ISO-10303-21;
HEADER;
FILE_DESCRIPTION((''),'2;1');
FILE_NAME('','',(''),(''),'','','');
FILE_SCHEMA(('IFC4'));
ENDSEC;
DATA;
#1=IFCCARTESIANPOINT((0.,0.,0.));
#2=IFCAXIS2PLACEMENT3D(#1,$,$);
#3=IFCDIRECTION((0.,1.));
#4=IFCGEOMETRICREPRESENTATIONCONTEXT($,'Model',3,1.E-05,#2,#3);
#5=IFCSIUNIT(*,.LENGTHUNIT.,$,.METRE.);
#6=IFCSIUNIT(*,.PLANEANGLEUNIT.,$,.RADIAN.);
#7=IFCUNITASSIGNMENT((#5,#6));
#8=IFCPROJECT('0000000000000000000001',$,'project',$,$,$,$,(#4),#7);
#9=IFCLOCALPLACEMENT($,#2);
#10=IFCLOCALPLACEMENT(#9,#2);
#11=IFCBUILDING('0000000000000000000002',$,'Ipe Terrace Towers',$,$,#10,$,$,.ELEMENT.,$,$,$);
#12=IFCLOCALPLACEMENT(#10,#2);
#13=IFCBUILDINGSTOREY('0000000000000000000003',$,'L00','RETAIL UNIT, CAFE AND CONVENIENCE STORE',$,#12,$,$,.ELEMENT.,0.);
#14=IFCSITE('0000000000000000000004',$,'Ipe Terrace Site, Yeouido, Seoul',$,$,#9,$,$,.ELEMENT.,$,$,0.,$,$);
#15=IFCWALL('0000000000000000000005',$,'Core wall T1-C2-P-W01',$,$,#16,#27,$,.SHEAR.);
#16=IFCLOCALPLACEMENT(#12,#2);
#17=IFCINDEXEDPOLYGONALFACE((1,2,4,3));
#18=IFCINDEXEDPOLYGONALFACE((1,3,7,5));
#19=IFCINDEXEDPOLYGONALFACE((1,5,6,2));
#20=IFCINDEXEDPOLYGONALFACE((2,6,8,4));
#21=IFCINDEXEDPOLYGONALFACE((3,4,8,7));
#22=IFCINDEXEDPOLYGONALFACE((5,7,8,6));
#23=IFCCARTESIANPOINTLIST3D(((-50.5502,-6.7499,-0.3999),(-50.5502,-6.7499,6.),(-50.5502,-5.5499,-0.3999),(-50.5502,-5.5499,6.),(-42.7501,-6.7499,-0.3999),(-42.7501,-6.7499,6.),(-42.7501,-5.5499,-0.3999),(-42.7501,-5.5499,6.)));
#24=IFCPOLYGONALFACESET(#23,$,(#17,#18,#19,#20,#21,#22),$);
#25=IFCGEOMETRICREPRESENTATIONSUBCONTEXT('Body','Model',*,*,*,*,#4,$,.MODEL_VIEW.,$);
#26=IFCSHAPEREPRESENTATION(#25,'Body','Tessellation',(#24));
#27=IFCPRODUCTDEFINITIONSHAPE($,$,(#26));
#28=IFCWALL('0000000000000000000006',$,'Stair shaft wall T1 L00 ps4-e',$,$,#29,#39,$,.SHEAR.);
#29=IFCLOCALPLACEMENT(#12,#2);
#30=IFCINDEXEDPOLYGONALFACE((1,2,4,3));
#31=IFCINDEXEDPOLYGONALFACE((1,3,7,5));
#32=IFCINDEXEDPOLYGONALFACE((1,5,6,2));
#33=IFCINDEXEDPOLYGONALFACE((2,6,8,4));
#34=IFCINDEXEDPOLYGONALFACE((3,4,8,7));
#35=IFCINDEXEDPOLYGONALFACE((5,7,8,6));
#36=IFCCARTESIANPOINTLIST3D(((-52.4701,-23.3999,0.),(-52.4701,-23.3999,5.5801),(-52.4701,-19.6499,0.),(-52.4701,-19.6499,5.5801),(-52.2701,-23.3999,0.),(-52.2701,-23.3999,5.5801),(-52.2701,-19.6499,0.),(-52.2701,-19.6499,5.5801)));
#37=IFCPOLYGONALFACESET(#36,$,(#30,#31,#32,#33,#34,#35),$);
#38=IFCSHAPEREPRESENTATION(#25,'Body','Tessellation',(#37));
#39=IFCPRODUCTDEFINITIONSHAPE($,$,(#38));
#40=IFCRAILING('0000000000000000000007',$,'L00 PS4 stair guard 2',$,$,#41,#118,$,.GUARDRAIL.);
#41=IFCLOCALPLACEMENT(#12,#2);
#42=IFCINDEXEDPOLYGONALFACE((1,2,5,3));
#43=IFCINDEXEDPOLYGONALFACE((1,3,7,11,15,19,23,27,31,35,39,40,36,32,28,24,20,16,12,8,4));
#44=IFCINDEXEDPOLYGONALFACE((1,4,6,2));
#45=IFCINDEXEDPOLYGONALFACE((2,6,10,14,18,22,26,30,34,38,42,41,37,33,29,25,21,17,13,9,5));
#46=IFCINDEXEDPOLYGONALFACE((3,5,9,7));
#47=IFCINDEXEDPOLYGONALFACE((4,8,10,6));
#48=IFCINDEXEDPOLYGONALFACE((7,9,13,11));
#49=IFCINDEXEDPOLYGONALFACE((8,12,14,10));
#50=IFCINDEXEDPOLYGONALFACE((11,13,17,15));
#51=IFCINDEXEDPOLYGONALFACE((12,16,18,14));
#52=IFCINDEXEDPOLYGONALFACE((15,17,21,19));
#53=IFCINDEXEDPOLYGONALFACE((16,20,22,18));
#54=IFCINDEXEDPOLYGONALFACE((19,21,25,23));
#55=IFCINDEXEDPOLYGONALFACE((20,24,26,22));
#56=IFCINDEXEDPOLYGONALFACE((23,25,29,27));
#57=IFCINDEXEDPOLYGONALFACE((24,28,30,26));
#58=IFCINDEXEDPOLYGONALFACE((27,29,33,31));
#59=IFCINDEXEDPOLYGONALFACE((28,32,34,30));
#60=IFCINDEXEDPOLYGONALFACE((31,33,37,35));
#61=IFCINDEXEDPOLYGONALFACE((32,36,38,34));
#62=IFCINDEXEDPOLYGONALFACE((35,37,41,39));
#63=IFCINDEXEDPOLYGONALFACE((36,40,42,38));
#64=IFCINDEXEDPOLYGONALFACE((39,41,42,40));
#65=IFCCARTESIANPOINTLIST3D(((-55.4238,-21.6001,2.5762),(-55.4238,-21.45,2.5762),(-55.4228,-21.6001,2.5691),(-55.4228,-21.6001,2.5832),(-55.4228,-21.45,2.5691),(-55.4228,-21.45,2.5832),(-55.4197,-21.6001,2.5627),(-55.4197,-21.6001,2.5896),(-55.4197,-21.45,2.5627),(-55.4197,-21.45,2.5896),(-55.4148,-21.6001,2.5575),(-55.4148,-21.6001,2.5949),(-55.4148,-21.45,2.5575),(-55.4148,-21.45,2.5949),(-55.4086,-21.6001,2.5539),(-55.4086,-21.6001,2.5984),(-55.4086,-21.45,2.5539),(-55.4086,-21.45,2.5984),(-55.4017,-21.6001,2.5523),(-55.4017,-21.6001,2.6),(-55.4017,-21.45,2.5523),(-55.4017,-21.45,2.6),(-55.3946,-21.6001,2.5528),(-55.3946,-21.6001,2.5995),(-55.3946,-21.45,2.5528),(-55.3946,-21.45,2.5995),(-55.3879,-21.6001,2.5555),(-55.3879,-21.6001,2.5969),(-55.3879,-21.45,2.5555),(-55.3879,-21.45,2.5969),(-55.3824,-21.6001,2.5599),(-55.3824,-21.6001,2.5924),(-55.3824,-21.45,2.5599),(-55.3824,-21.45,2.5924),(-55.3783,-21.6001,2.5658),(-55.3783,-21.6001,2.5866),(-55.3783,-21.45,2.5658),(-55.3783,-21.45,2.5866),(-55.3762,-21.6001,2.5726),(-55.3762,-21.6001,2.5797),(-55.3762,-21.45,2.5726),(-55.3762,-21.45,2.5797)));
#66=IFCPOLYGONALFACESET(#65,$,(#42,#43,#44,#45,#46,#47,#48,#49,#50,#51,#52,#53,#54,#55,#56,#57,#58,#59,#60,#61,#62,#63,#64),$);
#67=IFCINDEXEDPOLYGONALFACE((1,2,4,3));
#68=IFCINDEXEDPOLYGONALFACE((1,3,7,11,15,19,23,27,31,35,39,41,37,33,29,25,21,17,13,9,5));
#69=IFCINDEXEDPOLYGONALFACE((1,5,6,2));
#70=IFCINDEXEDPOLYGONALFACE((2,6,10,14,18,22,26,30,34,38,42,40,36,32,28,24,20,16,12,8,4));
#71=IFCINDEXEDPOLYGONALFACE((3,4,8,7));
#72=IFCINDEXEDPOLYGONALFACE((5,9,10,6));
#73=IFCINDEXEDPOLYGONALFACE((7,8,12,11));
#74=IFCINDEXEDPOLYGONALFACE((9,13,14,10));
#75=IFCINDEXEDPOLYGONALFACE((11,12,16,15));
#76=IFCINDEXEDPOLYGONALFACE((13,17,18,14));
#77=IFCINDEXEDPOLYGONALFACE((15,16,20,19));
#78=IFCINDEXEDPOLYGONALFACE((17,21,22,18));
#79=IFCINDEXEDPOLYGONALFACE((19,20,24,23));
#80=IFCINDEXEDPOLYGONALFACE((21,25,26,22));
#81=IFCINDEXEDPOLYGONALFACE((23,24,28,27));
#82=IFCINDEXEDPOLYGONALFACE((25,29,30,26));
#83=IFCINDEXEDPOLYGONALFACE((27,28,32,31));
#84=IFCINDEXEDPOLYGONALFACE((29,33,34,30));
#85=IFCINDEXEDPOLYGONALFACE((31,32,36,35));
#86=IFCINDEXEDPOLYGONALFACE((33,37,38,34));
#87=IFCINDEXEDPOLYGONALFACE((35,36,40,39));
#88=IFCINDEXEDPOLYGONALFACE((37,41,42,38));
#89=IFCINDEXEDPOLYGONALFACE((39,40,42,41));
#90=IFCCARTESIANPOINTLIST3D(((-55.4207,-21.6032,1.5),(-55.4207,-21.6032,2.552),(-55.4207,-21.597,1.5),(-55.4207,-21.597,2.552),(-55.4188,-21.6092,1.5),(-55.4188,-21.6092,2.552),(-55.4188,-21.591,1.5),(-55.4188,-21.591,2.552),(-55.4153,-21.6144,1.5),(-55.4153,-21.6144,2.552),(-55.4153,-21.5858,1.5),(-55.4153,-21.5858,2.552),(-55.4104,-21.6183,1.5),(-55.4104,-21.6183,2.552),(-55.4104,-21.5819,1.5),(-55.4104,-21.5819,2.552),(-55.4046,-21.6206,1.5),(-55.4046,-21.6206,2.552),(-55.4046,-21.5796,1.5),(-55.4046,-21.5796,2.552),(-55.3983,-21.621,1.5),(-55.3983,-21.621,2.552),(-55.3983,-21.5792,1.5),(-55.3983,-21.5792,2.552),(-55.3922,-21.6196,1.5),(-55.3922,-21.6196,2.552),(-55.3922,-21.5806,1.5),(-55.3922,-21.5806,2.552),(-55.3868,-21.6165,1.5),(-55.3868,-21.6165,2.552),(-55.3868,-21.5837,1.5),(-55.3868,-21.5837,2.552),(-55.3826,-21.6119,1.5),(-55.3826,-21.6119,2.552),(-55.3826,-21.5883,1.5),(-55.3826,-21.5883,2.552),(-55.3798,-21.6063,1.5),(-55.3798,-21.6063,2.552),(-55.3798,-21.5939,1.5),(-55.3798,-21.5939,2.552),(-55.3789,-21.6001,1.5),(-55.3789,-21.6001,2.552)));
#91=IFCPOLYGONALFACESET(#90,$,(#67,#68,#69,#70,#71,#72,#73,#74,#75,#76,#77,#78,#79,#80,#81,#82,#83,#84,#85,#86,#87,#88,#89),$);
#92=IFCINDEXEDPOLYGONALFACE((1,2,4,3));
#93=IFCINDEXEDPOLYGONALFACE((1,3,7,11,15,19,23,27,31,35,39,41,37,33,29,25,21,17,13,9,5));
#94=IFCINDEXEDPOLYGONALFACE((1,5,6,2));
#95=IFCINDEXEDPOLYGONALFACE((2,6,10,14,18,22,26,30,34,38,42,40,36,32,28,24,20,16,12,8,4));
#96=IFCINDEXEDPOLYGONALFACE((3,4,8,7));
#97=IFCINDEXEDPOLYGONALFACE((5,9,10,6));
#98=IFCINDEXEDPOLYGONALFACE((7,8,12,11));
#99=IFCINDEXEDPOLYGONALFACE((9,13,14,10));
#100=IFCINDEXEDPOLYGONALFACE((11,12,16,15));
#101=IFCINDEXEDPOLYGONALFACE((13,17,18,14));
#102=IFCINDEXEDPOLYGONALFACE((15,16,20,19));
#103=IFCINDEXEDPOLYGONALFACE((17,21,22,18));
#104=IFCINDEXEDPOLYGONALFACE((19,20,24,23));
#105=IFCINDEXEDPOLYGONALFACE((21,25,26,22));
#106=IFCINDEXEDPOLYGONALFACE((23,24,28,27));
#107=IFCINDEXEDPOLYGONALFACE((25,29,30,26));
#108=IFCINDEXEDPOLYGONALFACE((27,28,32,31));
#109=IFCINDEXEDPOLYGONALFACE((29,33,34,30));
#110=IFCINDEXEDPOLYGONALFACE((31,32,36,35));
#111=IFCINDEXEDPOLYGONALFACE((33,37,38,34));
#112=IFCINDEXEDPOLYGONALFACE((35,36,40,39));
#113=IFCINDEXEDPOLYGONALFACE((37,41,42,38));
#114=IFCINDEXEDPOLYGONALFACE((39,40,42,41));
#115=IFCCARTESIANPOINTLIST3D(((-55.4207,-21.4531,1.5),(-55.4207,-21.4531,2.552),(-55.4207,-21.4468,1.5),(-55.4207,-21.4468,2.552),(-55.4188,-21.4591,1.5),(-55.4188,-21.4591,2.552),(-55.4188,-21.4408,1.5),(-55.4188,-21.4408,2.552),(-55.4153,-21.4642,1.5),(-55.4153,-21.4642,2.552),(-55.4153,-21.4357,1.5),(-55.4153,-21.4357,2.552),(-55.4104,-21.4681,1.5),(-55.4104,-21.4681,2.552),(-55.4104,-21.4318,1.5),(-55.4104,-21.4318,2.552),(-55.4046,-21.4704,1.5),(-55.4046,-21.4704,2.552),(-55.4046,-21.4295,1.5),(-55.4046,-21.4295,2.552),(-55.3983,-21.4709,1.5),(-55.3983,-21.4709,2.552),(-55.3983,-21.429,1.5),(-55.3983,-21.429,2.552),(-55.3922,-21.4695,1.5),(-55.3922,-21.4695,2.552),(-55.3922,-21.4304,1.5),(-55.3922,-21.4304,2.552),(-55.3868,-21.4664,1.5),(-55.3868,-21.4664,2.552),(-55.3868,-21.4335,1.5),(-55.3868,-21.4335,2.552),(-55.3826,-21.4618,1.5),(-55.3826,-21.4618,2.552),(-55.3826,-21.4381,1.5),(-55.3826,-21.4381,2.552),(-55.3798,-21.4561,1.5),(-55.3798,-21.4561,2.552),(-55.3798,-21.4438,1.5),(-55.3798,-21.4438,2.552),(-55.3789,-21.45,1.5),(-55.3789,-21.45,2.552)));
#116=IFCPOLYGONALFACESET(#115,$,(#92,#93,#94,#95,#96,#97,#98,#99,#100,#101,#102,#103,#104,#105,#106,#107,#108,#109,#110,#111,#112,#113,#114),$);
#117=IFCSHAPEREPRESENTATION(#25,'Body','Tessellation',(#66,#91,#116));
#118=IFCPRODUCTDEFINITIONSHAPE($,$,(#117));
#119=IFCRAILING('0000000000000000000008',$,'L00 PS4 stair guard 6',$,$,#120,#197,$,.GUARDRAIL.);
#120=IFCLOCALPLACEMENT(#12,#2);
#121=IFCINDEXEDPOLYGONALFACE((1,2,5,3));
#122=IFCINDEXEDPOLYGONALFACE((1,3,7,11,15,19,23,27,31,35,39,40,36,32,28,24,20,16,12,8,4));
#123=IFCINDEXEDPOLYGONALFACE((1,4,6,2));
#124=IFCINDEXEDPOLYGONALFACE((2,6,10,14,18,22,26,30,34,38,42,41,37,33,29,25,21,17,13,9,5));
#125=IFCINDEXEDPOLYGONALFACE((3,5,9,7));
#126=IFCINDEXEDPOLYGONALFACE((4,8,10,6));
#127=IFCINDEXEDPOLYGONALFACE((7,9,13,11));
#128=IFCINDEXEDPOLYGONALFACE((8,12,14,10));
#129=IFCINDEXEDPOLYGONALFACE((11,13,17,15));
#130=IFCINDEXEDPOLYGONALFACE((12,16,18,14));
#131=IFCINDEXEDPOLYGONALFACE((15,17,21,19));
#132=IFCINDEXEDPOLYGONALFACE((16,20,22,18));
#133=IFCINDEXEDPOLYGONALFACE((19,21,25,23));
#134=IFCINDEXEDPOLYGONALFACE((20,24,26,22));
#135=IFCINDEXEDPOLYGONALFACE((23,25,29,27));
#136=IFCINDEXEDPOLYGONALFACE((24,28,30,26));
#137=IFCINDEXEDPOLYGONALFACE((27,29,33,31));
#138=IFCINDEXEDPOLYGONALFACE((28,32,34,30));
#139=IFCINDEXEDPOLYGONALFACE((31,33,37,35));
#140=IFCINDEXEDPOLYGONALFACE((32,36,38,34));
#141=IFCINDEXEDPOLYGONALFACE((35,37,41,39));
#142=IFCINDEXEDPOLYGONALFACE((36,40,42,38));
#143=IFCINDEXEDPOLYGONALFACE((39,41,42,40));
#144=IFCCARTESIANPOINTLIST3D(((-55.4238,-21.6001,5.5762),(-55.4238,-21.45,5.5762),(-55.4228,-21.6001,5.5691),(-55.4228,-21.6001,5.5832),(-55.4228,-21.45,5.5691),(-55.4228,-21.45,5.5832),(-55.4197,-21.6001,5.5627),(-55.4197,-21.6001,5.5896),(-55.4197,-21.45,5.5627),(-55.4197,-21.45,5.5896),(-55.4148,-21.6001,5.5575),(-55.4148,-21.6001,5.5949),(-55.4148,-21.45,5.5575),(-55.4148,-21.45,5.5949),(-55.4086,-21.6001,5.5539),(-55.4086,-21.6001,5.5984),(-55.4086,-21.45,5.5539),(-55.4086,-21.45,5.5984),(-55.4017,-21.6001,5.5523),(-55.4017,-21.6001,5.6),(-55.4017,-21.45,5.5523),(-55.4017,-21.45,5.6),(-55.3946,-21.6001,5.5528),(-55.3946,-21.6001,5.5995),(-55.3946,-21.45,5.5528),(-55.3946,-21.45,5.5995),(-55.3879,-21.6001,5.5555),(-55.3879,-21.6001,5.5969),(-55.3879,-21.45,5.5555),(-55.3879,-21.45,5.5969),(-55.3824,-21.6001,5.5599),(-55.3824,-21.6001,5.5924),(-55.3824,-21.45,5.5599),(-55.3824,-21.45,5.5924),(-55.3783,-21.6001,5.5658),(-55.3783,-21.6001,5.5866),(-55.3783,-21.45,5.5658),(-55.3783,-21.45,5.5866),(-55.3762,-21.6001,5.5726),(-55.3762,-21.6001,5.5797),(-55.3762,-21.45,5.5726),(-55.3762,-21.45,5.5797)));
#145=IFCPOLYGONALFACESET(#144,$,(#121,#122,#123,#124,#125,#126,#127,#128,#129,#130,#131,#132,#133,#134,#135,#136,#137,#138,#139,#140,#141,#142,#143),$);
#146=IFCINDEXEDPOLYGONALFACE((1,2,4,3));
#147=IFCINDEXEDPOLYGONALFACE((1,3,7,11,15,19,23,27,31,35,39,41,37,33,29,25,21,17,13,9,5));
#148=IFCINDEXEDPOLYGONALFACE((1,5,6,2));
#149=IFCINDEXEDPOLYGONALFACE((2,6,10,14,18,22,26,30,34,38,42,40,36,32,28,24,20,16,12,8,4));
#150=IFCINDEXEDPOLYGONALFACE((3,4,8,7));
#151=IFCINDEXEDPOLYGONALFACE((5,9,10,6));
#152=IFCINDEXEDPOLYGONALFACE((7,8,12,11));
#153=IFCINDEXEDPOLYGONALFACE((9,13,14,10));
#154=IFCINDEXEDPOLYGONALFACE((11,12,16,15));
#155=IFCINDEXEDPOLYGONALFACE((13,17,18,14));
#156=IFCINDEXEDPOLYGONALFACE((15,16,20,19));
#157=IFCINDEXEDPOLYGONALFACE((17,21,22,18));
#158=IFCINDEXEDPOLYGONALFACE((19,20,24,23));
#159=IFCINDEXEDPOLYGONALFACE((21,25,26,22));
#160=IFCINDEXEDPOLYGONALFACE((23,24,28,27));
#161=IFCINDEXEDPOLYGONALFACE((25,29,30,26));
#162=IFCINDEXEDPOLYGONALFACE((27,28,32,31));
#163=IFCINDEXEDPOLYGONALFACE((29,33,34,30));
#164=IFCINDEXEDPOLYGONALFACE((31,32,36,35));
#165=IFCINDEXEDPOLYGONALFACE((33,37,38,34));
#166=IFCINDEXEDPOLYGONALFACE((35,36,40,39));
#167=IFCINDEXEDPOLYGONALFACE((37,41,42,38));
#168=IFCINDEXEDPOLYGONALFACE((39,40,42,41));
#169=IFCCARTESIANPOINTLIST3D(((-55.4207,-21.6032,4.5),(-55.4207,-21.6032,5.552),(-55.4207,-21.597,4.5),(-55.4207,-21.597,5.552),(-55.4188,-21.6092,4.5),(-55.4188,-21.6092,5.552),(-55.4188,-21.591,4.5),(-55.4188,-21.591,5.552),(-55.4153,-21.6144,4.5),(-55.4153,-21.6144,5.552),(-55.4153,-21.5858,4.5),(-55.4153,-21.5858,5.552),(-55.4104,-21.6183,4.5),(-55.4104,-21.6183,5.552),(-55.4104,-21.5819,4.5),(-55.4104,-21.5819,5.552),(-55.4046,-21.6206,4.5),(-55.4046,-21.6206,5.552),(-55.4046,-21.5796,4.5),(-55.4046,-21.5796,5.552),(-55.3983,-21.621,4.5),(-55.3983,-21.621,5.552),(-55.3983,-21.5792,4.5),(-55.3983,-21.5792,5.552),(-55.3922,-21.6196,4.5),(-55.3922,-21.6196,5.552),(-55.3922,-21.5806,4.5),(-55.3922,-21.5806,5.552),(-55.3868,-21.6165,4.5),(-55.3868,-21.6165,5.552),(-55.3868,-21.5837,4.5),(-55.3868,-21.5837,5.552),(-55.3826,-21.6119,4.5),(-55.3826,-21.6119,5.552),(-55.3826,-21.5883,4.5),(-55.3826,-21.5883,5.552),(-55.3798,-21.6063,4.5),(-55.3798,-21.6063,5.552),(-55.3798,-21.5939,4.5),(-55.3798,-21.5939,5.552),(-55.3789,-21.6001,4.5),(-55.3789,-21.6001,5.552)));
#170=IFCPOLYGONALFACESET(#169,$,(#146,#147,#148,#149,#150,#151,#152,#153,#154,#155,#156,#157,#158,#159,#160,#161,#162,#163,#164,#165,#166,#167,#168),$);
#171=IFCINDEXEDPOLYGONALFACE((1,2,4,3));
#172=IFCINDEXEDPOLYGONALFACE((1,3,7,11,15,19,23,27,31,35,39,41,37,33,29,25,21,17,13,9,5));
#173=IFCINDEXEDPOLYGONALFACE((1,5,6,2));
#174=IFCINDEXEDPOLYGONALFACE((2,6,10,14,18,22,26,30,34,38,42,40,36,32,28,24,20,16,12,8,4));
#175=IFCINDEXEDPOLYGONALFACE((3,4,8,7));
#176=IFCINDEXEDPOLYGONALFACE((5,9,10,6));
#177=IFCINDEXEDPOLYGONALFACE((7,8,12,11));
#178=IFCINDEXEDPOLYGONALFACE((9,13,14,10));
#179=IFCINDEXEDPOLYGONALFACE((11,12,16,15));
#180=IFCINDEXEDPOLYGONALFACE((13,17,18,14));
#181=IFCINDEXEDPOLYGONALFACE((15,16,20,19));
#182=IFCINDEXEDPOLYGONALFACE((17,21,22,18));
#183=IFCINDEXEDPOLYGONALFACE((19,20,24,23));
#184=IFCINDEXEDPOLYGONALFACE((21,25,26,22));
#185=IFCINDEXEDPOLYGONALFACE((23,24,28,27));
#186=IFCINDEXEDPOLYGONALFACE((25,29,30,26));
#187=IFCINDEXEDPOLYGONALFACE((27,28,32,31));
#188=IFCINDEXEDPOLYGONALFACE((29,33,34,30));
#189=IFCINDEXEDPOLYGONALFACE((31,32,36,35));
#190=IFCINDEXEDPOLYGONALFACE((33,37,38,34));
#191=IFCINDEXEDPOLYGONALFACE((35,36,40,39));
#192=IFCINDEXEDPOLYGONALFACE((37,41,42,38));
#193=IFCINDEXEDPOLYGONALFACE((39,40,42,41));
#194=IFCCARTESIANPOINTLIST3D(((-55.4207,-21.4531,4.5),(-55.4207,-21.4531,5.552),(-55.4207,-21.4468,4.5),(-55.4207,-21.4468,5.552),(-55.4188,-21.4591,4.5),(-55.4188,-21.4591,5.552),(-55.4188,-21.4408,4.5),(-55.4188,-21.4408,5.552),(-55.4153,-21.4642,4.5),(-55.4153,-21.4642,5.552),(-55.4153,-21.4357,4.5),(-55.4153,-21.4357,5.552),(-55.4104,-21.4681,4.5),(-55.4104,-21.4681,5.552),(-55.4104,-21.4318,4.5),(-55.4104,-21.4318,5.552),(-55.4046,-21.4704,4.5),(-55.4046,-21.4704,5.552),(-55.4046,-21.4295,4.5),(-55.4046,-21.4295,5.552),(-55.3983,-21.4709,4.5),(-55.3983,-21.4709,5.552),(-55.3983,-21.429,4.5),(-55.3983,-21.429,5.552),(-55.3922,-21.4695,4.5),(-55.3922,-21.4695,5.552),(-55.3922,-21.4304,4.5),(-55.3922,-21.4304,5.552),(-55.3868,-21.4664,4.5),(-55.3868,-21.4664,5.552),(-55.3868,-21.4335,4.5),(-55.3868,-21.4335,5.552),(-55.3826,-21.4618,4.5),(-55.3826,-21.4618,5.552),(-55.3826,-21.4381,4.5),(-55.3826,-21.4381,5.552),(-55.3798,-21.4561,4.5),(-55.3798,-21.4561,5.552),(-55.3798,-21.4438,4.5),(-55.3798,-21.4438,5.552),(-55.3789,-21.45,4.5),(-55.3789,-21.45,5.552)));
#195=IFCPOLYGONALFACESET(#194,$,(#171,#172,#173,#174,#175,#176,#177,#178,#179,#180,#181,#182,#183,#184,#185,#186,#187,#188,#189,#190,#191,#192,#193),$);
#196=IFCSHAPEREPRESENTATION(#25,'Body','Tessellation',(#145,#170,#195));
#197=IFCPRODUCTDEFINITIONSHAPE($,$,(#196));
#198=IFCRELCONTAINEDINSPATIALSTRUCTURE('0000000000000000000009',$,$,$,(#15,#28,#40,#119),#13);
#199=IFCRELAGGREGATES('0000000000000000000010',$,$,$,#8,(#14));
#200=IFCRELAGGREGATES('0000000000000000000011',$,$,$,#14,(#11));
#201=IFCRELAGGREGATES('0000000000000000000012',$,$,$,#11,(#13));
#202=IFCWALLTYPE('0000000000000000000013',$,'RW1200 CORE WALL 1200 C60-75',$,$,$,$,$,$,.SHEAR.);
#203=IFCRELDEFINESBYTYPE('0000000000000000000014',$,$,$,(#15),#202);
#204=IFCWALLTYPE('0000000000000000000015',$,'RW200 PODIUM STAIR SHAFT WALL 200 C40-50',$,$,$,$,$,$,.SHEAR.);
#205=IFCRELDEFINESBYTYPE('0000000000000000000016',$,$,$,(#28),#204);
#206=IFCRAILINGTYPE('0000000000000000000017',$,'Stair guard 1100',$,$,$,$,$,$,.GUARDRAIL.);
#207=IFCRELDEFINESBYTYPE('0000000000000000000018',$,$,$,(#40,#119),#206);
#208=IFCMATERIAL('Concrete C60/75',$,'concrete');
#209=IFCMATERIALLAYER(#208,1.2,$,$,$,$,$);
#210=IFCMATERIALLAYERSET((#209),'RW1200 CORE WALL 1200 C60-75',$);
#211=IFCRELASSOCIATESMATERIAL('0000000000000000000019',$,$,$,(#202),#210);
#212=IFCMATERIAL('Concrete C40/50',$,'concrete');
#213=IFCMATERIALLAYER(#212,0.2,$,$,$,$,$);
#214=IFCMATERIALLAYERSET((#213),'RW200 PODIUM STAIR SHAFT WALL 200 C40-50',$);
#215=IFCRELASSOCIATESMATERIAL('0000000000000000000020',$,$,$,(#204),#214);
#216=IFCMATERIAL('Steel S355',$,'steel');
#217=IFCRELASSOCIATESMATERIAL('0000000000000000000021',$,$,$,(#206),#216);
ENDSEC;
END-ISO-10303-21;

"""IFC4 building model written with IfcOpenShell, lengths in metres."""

from ifc_helpers import new_model, si_unit, direction, frame, frame_2d, origin, origin_2d, place, context, subcontext, project, spatial, rectangle, circle, extrude, material, layer, layer_set, type_object, element, save


model = new_model("IFC4")

# Units and contexts
model_context = context("Model", 3, precision=1e-05, world=origin(), true_north=direction((0.0, 1.0)))
body_context = subcontext(model_context, "Body", "Model", "MODEL_VIEW")
ifc_project = project(units=[si_unit("LENGTHUNIT", "METRE"), si_unit("PLANEANGLEUNIT", "RADIAN")], contexts=[model_context])

# Site, building, storey
site_placement = place(None, origin())
site = spatial("IfcSite", under=ifc_project, at=site_placement, Name="Ipe Terrace Site, Yeouido, Seoul", CompositionType="ELEMENT", RefElevation=0.0)
building_placement = place(site_placement, origin())
building = spatial("IfcBuilding", under=site, at=building_placement, Name="Ipe Terrace Towers", CompositionType="ELEMENT")
storey_placement = place(building_placement, origin())
storey = spatial("IfcBuildingStorey", under=building, at=storey_placement, Name="L00", Description="RETAIL UNIT, CAFE AND CONVENIENCE STORE", CompositionType="ELEMENT", Elevation=0.0)

# Walls
ifc_material_1 = material(Name="Concrete C60/75", Category="concrete")
ifc_layer_1 = layer(ifc_material_1, 1.2)
ifc_layer_set_1 = layer_set([ifc_layer_1], Name="RW1200 CORE WALL 1200 C60-75")
wall_type_1 = type_object("IfcWallType", Name="RW1200 CORE WALL 1200 C60-75", PredefinedType="SHEAR", material=ifc_layer_set_1)
wall_1_placement = place(storey_placement, frame((-50.55, -6.1499, -0.3999), z_axis=(0.0, 0.0, 1.0), x_axis=(1.0, 0.0, 0.0)))
element("IfcWall", 1, at=wall_1_placement, inside=storey, type_object=wall_type_1, Name="Core wall T1-C2-P-W01", PredefinedType="SHEAR", context=body_context, shape_type="SweptSolid", body=[
    extrude(rectangle(XDim=7.8, YDim=1.2, at=frame_2d((3.8999, 0.0))), origin(), (0.0, 0.0, 1.0), 6.3999),
])
ifc_material_2 = material(Name="Concrete C40/50", Category="concrete")
ifc_layer_2 = layer(ifc_material_2, 0.2)
ifc_layer_set_2 = layer_set([ifc_layer_2], Name="RW200 PODIUM STAIR SHAFT WALL 200 C40-50")
wall_type_2 = type_object("IfcWallType", Name="RW200 PODIUM STAIR SHAFT WALL 200 C40-50", PredefinedType="SHEAR", material=ifc_layer_set_2)
wall_2_placement = place(storey_placement, frame((-52.3701, -23.3999, 0.0), z_axis=(0.0, 0.0, 1.0), x_axis=(0.0, 1.0, 0.0)))
element("IfcWall", 2, at=wall_2_placement, inside=storey, type_object=wall_type_2, Name="Stair shaft wall T1 L00 ps4-e", PredefinedType="SHEAR", context=body_context, shape_type="SweptSolid", body=[
    extrude(rectangle(XDim=3.75, YDim=0.2, at=frame_2d((1.875, 0.0))), origin(), (0.0, 0.0, 1.0), 5.5801),
])

# Railings
ifc_material_3 = material(Name="Steel S355", Category="steel")
railing_type_1 = type_object("IfcRailingType", Name="Stair guard 1100", PredefinedType="GUARDRAIL", material=ifc_material_3)
for number, where, name in (
    (3, (-55.3999, -21.6001, 1.5), "L00 PS4 stair guard 2"),
    (4, (-55.3999, -21.6001, 4.5), "L00 PS4 stair guard 6"),
):
    element("IfcRailing", number, at=place(storey_placement, frame(where)), inside=storey, type_object=railing_type_1, Name=name, PredefinedType="GUARDRAIL", context=body_context, shape_type="SweptSolid", body=[
        extrude(circle(Radius=0.0239, at=origin_2d()), frame((0.0, 0.0, 1.0762), z_axis=(0.0, 1.0, 0.0), x_axis=(-1.0, 0.0, 0.0)), (0.0, 0.0, 1.0), 0.1501),
        extrude(circle(Radius=0.021, at=origin_2d()), origin(), (0.0, 0.0, 1.0), 1.052),
        extrude(circle(Radius=0.021, at=origin_2d()), frame((0.0, 0.1501, 0.0)), (0.0, 0.0, 1.0), 1.052),
    ])

save(model, "model.ifc")
